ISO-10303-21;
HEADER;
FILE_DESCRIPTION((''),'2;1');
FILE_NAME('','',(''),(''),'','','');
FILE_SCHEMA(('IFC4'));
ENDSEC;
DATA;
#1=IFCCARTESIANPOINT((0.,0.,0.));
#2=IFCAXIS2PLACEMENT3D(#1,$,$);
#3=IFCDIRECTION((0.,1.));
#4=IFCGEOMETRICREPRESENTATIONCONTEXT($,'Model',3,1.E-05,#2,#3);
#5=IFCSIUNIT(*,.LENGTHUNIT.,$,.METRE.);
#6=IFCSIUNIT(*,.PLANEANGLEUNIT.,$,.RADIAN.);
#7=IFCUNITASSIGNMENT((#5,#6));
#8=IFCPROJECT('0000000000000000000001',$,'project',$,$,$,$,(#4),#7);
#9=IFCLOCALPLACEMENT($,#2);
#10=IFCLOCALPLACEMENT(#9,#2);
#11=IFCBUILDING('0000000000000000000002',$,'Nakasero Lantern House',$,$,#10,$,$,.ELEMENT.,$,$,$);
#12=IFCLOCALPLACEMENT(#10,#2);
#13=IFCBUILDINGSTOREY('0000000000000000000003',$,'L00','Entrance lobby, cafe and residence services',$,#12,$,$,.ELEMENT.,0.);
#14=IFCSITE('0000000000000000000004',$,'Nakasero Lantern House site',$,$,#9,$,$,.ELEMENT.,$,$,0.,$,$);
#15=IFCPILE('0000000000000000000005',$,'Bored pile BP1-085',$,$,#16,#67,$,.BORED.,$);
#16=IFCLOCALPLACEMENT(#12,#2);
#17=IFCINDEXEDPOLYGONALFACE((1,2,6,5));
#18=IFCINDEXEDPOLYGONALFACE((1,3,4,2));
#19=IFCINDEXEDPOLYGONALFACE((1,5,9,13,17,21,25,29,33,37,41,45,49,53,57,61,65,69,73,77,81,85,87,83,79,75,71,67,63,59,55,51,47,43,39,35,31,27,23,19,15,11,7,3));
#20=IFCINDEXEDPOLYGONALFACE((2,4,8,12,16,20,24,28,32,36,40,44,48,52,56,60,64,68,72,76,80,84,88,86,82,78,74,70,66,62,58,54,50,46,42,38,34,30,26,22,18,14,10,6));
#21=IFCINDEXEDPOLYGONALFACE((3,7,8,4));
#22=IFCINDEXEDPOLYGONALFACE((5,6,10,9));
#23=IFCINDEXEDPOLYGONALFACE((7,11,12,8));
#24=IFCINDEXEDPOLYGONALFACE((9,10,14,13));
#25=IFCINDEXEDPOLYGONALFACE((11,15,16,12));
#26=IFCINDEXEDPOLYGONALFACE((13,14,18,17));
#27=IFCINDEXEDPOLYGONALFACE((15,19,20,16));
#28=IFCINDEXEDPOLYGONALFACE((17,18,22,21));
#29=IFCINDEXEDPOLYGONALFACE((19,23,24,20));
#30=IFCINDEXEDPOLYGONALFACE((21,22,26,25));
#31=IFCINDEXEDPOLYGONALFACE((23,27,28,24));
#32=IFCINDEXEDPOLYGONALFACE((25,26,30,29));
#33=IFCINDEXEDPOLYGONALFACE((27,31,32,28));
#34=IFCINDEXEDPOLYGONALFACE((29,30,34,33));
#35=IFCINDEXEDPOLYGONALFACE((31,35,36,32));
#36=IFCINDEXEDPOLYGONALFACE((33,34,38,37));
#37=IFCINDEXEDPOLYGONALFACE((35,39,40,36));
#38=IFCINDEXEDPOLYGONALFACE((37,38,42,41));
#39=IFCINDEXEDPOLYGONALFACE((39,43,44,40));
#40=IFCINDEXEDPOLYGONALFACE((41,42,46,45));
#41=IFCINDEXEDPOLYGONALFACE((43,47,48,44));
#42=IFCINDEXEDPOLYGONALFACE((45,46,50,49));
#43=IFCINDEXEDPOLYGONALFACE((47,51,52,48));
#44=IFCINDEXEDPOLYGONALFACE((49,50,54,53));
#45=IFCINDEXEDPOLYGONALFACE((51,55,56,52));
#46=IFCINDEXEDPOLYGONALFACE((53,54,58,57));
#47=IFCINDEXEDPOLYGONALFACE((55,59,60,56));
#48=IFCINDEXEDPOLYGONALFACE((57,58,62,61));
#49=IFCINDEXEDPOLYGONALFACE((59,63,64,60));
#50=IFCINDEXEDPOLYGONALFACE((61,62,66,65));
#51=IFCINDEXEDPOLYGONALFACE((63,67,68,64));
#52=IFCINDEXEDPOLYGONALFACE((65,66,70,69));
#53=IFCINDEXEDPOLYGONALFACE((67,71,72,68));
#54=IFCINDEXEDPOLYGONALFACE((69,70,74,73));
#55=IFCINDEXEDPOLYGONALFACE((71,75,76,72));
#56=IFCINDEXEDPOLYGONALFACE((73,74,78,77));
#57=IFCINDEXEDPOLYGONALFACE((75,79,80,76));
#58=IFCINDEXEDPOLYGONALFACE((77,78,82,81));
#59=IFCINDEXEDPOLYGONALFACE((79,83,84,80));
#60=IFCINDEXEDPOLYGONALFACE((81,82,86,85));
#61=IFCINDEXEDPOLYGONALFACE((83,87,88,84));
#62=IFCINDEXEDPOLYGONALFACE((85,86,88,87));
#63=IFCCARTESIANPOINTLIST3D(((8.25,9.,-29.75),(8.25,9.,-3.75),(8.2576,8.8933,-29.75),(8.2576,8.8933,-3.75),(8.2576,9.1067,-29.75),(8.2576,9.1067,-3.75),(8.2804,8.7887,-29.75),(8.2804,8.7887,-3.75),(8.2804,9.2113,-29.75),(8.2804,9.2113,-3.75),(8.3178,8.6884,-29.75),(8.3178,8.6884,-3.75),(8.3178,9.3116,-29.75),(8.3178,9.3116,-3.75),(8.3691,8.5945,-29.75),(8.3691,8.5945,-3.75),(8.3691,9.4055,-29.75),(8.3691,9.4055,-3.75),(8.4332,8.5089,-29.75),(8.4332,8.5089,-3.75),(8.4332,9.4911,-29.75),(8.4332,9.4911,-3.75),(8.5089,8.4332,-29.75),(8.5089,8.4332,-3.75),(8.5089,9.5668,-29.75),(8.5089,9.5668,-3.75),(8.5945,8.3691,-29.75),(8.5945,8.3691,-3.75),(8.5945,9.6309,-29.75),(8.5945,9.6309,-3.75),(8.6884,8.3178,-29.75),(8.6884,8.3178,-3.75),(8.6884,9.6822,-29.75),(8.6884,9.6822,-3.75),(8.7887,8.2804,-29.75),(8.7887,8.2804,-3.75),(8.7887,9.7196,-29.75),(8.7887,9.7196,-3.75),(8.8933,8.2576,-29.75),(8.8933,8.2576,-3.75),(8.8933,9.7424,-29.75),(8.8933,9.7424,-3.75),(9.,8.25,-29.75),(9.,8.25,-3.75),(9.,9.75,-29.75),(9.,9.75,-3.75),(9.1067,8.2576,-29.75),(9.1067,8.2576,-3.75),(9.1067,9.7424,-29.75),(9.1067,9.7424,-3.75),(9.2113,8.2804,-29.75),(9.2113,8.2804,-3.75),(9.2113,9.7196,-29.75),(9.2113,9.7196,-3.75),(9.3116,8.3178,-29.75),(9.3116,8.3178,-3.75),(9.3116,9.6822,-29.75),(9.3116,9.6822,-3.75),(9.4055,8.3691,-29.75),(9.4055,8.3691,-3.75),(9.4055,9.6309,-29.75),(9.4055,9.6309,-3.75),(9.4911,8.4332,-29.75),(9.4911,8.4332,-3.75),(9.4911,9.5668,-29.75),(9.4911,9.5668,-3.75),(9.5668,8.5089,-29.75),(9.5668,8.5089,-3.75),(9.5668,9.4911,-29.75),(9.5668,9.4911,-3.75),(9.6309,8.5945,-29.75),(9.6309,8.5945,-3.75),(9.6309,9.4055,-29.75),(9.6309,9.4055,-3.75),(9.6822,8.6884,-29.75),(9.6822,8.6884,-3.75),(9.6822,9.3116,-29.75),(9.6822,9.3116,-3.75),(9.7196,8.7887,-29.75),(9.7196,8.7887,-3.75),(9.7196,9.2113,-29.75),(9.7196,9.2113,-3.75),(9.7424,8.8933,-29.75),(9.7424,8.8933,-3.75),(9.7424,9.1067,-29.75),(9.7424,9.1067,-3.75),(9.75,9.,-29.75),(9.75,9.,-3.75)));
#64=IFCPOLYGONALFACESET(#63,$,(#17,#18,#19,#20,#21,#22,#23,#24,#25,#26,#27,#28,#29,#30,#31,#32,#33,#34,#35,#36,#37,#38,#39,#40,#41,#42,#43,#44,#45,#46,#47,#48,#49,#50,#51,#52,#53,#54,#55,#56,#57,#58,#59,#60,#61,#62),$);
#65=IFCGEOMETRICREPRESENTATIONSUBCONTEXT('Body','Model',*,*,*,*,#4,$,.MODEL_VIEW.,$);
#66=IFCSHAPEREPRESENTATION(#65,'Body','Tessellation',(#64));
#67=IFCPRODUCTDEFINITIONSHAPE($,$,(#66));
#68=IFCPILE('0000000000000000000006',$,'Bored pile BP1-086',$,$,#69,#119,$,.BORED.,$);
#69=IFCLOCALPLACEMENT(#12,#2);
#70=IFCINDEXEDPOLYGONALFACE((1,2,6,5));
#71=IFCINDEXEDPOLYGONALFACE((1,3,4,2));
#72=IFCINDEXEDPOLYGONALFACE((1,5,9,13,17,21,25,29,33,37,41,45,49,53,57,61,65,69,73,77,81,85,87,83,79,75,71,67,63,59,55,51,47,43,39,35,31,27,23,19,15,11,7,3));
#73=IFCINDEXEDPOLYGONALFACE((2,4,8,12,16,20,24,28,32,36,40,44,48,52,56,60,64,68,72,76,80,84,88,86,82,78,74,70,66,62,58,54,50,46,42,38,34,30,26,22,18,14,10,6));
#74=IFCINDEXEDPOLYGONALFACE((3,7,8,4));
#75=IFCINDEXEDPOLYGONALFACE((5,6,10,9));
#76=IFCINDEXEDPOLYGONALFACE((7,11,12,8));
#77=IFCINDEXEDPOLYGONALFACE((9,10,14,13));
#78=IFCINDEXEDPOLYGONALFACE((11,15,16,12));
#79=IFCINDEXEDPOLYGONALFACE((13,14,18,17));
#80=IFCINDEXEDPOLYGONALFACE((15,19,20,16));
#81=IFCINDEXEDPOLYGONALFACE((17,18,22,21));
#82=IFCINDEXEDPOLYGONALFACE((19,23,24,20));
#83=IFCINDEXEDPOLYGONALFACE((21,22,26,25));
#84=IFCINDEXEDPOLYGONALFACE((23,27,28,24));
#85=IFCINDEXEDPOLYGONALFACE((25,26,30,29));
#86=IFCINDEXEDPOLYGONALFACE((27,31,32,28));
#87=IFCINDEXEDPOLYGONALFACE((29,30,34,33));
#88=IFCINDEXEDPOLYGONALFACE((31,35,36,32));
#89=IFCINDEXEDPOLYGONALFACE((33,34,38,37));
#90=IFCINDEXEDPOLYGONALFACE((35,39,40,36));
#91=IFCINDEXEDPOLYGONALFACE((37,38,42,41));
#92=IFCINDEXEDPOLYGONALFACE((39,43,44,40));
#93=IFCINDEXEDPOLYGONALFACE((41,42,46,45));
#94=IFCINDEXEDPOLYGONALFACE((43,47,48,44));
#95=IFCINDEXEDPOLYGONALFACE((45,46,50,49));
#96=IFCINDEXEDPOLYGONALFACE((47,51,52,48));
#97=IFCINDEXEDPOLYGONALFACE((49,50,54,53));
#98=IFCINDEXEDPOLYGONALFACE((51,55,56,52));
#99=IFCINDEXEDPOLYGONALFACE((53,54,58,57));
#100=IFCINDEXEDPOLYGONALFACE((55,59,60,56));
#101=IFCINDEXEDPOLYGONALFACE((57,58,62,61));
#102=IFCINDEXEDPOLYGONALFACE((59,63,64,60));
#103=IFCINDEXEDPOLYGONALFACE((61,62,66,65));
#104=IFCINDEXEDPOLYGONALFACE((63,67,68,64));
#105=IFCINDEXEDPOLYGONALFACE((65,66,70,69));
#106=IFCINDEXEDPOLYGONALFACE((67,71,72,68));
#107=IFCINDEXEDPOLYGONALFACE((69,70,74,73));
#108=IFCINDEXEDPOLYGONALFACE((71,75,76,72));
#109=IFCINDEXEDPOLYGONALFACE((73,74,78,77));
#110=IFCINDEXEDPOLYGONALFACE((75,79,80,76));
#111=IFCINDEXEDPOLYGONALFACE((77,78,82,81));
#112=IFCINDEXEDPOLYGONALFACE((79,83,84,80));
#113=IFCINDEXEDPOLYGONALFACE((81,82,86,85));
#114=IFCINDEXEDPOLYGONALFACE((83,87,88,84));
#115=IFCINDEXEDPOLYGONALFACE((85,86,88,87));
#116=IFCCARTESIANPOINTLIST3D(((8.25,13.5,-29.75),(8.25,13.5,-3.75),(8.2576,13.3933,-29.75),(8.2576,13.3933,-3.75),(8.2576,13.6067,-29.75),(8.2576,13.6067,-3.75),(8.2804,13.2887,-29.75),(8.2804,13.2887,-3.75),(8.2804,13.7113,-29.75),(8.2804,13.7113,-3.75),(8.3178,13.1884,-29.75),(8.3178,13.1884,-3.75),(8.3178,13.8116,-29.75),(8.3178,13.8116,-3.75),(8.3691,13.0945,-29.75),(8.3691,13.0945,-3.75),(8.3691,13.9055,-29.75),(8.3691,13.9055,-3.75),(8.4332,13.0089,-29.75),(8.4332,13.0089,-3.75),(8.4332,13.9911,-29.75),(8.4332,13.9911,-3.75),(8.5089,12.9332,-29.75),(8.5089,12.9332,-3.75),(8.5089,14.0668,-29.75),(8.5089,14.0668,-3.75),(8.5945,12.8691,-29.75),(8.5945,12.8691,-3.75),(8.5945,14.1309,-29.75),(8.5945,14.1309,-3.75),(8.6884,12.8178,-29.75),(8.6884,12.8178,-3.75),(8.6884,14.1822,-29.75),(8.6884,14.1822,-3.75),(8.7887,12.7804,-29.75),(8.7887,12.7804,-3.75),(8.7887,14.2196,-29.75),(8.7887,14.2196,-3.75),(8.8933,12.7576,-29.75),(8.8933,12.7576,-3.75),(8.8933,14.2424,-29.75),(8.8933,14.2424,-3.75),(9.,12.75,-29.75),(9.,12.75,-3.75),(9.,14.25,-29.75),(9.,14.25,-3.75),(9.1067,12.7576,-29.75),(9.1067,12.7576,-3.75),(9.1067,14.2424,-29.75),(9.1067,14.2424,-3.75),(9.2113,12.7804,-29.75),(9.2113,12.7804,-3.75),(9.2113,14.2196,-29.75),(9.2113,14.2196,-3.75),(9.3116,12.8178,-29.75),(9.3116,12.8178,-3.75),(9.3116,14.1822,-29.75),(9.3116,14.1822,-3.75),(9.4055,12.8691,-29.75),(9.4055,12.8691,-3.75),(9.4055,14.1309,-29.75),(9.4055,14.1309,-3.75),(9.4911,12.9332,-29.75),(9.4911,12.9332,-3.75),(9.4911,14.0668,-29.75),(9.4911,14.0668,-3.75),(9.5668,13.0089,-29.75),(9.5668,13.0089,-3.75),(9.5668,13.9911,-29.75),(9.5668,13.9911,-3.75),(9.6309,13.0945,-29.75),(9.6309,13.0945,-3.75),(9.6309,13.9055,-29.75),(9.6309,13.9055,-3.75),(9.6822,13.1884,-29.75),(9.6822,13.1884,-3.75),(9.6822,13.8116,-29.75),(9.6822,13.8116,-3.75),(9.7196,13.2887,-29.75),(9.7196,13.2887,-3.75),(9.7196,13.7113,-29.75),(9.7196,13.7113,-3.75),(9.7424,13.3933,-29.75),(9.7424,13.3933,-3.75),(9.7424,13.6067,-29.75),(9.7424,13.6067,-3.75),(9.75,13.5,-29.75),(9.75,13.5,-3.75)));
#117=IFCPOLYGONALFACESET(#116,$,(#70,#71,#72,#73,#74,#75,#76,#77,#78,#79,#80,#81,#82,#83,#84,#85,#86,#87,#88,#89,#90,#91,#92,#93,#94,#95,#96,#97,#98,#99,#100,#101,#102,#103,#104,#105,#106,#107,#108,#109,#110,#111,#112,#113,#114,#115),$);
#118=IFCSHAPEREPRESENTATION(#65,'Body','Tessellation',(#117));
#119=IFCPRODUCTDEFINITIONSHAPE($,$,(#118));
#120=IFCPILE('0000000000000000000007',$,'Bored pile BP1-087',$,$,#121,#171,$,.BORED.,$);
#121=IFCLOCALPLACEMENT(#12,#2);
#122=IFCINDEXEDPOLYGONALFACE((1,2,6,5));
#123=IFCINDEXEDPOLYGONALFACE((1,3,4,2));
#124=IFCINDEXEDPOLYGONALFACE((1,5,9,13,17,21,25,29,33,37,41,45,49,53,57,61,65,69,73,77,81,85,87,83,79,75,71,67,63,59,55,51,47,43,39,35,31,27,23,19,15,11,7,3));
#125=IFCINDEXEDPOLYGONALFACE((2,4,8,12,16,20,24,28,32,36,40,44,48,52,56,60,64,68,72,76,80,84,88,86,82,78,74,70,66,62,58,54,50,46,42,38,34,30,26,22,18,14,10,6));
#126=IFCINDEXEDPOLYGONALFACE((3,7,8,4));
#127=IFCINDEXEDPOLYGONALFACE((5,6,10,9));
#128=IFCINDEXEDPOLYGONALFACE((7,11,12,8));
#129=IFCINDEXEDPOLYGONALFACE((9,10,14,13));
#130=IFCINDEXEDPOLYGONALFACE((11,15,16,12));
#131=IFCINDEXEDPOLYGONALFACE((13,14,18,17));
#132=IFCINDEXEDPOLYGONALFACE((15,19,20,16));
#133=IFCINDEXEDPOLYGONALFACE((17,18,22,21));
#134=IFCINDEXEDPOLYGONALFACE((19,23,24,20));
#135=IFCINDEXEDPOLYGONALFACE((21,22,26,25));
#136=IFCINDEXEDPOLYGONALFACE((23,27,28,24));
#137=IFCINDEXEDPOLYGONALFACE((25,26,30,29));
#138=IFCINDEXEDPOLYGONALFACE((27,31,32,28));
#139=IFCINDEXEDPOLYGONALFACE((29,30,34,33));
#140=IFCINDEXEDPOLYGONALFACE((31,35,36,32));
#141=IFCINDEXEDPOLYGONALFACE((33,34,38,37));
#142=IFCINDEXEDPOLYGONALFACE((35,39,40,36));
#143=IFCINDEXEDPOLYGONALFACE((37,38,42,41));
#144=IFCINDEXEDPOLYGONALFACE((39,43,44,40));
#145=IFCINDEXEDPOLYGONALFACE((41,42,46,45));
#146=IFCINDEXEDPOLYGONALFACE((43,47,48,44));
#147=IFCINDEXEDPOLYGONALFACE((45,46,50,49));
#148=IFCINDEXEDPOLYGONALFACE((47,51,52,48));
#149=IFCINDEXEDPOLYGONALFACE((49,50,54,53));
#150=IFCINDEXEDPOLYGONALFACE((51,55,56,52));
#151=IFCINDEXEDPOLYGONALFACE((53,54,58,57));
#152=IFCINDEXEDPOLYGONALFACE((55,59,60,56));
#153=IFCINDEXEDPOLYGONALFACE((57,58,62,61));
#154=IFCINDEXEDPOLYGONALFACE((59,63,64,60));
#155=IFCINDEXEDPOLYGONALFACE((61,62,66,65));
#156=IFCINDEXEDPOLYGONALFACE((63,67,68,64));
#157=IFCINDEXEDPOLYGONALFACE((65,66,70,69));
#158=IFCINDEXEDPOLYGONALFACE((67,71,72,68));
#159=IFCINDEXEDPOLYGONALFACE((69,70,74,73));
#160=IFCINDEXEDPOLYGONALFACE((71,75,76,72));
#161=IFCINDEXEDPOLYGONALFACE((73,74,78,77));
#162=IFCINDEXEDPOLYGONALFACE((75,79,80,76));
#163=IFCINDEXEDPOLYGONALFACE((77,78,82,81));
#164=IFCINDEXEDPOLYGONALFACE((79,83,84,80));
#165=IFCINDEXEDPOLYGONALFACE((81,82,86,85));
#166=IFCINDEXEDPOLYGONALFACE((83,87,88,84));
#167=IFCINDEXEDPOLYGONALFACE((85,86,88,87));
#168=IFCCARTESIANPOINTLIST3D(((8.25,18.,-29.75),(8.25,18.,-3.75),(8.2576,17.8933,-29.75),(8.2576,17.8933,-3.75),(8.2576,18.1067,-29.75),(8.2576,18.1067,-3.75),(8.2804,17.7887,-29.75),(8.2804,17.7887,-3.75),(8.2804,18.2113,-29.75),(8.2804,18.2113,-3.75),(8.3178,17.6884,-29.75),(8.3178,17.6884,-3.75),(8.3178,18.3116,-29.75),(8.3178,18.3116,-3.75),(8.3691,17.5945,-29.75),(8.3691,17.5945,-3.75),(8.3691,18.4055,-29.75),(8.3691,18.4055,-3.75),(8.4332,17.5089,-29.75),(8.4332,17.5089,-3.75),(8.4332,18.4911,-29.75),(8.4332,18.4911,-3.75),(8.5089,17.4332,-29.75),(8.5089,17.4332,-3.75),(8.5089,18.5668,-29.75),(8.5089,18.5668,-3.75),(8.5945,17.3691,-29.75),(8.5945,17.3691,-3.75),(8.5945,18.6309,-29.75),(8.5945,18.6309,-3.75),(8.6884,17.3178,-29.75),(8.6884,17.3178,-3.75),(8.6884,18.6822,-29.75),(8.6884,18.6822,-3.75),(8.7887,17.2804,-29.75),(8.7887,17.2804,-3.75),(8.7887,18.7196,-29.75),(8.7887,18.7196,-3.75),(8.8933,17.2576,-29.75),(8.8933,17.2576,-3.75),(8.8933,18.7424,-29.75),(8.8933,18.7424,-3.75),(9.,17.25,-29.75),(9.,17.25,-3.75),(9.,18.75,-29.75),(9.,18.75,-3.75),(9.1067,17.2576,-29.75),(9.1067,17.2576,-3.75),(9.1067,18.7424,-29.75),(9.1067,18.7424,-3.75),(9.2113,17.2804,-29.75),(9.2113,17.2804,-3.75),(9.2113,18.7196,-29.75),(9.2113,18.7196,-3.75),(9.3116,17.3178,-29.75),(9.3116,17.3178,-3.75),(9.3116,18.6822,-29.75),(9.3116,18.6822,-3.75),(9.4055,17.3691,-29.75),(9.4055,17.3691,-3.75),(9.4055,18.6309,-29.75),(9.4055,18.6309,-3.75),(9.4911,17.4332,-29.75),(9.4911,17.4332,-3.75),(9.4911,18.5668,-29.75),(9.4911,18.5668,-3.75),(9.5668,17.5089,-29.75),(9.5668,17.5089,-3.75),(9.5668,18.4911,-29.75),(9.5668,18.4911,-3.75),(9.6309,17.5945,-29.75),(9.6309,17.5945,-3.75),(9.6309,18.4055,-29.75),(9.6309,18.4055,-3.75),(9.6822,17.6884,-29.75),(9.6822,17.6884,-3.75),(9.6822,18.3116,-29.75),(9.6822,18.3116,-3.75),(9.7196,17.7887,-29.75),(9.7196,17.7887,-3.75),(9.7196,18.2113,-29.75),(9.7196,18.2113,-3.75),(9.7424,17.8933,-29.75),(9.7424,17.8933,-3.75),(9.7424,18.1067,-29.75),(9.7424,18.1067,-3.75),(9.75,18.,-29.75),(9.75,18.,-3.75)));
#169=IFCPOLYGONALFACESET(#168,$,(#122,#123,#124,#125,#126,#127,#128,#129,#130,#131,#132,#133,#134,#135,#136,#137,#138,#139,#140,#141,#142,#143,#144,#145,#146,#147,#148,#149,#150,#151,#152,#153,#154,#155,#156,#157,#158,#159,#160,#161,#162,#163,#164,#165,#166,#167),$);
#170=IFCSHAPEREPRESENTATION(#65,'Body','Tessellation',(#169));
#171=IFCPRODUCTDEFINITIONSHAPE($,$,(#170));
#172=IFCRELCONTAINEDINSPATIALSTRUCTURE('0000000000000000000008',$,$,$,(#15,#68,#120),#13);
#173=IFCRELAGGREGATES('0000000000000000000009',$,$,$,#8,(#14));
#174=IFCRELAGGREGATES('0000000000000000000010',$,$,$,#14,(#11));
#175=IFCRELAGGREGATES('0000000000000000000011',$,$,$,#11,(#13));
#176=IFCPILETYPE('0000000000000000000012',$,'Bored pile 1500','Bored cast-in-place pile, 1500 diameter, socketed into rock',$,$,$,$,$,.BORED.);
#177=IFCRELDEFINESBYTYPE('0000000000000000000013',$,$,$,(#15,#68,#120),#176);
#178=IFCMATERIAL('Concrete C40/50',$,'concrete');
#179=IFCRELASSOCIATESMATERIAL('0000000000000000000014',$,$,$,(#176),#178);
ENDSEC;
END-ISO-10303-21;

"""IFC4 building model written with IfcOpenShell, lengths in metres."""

from ifc_helpers import new_model, si_unit, direction, frame, origin, origin_2d, place, context, subcontext, project, spatial, circle, extrude, material, type_object, element, save


model = new_model("IFC4")

# Units and contexts
model_context = context("Model", 3, precision=1e-05, world=origin(), true_north=direction((0.0, 1.0)))
body_context = subcontext(model_context, "Body", "Model", "MODEL_VIEW")
ifc_project = project(units=[si_unit("LENGTHUNIT", "METRE"), si_unit("PLANEANGLEUNIT", "RADIAN")], contexts=[model_context])

# Site, building, storey
site_placement = place(None, origin())
site = spatial("IfcSite", under=ifc_project, at=site_placement, Name="Nakasero Lantern House site", CompositionType="ELEMENT", RefElevation=0.0)
building_placement = place(site_placement, origin())
building = spatial("IfcBuilding", under=site, at=building_placement, Name="Nakasero Lantern House", CompositionType="ELEMENT")
storey_placement = place(building_placement, origin())
storey = spatial("IfcBuildingStorey", under=building, at=storey_placement, Name="L00", Description="Entrance lobby, cafe and residence services", CompositionType="ELEMENT", Elevation=0.0)

# Piles
ifc_material_1 = material(Name="Concrete C40/50", Category="concrete")
pile_type = type_object("IfcPileType", Name="Bored pile 1500", Description="Bored cast-in-place pile, 1500 diameter, socketed into rock", PredefinedType="BORED", material=ifc_material_1)
for number, where, z_axis, x_axis, name in (
    (1, (9.0, 9.0, -3.75), (0.0, 0.0, -1.0), (1.0, 0.0, 0.0), "Bored pile BP1-085"),
    (2, (9.0, 13.5, -3.75), (0.0, 0.0, -1.0), (1.0, 0.0, 0.0), "Bored pile BP1-086"),
    (3, (9.0, 18.0, -3.75), (0.0, 0.0, -1.0), (1.0, 0.0, 0.0), "Bored pile BP1-087"),
):
    element("IfcPile", number, at=place(storey_placement, frame(where, z_axis=z_axis, x_axis=x_axis)), inside=storey, type_object=pile_type, Name=name, PredefinedType="BORED", context=body_context, shape_type="SweptSolid", body=[
        extrude(circle(Radius=0.75, at=origin_2d()), origin(), (0.0, 0.0, 1.0), 26.0),
    ])

save(model, "model.ifc")
